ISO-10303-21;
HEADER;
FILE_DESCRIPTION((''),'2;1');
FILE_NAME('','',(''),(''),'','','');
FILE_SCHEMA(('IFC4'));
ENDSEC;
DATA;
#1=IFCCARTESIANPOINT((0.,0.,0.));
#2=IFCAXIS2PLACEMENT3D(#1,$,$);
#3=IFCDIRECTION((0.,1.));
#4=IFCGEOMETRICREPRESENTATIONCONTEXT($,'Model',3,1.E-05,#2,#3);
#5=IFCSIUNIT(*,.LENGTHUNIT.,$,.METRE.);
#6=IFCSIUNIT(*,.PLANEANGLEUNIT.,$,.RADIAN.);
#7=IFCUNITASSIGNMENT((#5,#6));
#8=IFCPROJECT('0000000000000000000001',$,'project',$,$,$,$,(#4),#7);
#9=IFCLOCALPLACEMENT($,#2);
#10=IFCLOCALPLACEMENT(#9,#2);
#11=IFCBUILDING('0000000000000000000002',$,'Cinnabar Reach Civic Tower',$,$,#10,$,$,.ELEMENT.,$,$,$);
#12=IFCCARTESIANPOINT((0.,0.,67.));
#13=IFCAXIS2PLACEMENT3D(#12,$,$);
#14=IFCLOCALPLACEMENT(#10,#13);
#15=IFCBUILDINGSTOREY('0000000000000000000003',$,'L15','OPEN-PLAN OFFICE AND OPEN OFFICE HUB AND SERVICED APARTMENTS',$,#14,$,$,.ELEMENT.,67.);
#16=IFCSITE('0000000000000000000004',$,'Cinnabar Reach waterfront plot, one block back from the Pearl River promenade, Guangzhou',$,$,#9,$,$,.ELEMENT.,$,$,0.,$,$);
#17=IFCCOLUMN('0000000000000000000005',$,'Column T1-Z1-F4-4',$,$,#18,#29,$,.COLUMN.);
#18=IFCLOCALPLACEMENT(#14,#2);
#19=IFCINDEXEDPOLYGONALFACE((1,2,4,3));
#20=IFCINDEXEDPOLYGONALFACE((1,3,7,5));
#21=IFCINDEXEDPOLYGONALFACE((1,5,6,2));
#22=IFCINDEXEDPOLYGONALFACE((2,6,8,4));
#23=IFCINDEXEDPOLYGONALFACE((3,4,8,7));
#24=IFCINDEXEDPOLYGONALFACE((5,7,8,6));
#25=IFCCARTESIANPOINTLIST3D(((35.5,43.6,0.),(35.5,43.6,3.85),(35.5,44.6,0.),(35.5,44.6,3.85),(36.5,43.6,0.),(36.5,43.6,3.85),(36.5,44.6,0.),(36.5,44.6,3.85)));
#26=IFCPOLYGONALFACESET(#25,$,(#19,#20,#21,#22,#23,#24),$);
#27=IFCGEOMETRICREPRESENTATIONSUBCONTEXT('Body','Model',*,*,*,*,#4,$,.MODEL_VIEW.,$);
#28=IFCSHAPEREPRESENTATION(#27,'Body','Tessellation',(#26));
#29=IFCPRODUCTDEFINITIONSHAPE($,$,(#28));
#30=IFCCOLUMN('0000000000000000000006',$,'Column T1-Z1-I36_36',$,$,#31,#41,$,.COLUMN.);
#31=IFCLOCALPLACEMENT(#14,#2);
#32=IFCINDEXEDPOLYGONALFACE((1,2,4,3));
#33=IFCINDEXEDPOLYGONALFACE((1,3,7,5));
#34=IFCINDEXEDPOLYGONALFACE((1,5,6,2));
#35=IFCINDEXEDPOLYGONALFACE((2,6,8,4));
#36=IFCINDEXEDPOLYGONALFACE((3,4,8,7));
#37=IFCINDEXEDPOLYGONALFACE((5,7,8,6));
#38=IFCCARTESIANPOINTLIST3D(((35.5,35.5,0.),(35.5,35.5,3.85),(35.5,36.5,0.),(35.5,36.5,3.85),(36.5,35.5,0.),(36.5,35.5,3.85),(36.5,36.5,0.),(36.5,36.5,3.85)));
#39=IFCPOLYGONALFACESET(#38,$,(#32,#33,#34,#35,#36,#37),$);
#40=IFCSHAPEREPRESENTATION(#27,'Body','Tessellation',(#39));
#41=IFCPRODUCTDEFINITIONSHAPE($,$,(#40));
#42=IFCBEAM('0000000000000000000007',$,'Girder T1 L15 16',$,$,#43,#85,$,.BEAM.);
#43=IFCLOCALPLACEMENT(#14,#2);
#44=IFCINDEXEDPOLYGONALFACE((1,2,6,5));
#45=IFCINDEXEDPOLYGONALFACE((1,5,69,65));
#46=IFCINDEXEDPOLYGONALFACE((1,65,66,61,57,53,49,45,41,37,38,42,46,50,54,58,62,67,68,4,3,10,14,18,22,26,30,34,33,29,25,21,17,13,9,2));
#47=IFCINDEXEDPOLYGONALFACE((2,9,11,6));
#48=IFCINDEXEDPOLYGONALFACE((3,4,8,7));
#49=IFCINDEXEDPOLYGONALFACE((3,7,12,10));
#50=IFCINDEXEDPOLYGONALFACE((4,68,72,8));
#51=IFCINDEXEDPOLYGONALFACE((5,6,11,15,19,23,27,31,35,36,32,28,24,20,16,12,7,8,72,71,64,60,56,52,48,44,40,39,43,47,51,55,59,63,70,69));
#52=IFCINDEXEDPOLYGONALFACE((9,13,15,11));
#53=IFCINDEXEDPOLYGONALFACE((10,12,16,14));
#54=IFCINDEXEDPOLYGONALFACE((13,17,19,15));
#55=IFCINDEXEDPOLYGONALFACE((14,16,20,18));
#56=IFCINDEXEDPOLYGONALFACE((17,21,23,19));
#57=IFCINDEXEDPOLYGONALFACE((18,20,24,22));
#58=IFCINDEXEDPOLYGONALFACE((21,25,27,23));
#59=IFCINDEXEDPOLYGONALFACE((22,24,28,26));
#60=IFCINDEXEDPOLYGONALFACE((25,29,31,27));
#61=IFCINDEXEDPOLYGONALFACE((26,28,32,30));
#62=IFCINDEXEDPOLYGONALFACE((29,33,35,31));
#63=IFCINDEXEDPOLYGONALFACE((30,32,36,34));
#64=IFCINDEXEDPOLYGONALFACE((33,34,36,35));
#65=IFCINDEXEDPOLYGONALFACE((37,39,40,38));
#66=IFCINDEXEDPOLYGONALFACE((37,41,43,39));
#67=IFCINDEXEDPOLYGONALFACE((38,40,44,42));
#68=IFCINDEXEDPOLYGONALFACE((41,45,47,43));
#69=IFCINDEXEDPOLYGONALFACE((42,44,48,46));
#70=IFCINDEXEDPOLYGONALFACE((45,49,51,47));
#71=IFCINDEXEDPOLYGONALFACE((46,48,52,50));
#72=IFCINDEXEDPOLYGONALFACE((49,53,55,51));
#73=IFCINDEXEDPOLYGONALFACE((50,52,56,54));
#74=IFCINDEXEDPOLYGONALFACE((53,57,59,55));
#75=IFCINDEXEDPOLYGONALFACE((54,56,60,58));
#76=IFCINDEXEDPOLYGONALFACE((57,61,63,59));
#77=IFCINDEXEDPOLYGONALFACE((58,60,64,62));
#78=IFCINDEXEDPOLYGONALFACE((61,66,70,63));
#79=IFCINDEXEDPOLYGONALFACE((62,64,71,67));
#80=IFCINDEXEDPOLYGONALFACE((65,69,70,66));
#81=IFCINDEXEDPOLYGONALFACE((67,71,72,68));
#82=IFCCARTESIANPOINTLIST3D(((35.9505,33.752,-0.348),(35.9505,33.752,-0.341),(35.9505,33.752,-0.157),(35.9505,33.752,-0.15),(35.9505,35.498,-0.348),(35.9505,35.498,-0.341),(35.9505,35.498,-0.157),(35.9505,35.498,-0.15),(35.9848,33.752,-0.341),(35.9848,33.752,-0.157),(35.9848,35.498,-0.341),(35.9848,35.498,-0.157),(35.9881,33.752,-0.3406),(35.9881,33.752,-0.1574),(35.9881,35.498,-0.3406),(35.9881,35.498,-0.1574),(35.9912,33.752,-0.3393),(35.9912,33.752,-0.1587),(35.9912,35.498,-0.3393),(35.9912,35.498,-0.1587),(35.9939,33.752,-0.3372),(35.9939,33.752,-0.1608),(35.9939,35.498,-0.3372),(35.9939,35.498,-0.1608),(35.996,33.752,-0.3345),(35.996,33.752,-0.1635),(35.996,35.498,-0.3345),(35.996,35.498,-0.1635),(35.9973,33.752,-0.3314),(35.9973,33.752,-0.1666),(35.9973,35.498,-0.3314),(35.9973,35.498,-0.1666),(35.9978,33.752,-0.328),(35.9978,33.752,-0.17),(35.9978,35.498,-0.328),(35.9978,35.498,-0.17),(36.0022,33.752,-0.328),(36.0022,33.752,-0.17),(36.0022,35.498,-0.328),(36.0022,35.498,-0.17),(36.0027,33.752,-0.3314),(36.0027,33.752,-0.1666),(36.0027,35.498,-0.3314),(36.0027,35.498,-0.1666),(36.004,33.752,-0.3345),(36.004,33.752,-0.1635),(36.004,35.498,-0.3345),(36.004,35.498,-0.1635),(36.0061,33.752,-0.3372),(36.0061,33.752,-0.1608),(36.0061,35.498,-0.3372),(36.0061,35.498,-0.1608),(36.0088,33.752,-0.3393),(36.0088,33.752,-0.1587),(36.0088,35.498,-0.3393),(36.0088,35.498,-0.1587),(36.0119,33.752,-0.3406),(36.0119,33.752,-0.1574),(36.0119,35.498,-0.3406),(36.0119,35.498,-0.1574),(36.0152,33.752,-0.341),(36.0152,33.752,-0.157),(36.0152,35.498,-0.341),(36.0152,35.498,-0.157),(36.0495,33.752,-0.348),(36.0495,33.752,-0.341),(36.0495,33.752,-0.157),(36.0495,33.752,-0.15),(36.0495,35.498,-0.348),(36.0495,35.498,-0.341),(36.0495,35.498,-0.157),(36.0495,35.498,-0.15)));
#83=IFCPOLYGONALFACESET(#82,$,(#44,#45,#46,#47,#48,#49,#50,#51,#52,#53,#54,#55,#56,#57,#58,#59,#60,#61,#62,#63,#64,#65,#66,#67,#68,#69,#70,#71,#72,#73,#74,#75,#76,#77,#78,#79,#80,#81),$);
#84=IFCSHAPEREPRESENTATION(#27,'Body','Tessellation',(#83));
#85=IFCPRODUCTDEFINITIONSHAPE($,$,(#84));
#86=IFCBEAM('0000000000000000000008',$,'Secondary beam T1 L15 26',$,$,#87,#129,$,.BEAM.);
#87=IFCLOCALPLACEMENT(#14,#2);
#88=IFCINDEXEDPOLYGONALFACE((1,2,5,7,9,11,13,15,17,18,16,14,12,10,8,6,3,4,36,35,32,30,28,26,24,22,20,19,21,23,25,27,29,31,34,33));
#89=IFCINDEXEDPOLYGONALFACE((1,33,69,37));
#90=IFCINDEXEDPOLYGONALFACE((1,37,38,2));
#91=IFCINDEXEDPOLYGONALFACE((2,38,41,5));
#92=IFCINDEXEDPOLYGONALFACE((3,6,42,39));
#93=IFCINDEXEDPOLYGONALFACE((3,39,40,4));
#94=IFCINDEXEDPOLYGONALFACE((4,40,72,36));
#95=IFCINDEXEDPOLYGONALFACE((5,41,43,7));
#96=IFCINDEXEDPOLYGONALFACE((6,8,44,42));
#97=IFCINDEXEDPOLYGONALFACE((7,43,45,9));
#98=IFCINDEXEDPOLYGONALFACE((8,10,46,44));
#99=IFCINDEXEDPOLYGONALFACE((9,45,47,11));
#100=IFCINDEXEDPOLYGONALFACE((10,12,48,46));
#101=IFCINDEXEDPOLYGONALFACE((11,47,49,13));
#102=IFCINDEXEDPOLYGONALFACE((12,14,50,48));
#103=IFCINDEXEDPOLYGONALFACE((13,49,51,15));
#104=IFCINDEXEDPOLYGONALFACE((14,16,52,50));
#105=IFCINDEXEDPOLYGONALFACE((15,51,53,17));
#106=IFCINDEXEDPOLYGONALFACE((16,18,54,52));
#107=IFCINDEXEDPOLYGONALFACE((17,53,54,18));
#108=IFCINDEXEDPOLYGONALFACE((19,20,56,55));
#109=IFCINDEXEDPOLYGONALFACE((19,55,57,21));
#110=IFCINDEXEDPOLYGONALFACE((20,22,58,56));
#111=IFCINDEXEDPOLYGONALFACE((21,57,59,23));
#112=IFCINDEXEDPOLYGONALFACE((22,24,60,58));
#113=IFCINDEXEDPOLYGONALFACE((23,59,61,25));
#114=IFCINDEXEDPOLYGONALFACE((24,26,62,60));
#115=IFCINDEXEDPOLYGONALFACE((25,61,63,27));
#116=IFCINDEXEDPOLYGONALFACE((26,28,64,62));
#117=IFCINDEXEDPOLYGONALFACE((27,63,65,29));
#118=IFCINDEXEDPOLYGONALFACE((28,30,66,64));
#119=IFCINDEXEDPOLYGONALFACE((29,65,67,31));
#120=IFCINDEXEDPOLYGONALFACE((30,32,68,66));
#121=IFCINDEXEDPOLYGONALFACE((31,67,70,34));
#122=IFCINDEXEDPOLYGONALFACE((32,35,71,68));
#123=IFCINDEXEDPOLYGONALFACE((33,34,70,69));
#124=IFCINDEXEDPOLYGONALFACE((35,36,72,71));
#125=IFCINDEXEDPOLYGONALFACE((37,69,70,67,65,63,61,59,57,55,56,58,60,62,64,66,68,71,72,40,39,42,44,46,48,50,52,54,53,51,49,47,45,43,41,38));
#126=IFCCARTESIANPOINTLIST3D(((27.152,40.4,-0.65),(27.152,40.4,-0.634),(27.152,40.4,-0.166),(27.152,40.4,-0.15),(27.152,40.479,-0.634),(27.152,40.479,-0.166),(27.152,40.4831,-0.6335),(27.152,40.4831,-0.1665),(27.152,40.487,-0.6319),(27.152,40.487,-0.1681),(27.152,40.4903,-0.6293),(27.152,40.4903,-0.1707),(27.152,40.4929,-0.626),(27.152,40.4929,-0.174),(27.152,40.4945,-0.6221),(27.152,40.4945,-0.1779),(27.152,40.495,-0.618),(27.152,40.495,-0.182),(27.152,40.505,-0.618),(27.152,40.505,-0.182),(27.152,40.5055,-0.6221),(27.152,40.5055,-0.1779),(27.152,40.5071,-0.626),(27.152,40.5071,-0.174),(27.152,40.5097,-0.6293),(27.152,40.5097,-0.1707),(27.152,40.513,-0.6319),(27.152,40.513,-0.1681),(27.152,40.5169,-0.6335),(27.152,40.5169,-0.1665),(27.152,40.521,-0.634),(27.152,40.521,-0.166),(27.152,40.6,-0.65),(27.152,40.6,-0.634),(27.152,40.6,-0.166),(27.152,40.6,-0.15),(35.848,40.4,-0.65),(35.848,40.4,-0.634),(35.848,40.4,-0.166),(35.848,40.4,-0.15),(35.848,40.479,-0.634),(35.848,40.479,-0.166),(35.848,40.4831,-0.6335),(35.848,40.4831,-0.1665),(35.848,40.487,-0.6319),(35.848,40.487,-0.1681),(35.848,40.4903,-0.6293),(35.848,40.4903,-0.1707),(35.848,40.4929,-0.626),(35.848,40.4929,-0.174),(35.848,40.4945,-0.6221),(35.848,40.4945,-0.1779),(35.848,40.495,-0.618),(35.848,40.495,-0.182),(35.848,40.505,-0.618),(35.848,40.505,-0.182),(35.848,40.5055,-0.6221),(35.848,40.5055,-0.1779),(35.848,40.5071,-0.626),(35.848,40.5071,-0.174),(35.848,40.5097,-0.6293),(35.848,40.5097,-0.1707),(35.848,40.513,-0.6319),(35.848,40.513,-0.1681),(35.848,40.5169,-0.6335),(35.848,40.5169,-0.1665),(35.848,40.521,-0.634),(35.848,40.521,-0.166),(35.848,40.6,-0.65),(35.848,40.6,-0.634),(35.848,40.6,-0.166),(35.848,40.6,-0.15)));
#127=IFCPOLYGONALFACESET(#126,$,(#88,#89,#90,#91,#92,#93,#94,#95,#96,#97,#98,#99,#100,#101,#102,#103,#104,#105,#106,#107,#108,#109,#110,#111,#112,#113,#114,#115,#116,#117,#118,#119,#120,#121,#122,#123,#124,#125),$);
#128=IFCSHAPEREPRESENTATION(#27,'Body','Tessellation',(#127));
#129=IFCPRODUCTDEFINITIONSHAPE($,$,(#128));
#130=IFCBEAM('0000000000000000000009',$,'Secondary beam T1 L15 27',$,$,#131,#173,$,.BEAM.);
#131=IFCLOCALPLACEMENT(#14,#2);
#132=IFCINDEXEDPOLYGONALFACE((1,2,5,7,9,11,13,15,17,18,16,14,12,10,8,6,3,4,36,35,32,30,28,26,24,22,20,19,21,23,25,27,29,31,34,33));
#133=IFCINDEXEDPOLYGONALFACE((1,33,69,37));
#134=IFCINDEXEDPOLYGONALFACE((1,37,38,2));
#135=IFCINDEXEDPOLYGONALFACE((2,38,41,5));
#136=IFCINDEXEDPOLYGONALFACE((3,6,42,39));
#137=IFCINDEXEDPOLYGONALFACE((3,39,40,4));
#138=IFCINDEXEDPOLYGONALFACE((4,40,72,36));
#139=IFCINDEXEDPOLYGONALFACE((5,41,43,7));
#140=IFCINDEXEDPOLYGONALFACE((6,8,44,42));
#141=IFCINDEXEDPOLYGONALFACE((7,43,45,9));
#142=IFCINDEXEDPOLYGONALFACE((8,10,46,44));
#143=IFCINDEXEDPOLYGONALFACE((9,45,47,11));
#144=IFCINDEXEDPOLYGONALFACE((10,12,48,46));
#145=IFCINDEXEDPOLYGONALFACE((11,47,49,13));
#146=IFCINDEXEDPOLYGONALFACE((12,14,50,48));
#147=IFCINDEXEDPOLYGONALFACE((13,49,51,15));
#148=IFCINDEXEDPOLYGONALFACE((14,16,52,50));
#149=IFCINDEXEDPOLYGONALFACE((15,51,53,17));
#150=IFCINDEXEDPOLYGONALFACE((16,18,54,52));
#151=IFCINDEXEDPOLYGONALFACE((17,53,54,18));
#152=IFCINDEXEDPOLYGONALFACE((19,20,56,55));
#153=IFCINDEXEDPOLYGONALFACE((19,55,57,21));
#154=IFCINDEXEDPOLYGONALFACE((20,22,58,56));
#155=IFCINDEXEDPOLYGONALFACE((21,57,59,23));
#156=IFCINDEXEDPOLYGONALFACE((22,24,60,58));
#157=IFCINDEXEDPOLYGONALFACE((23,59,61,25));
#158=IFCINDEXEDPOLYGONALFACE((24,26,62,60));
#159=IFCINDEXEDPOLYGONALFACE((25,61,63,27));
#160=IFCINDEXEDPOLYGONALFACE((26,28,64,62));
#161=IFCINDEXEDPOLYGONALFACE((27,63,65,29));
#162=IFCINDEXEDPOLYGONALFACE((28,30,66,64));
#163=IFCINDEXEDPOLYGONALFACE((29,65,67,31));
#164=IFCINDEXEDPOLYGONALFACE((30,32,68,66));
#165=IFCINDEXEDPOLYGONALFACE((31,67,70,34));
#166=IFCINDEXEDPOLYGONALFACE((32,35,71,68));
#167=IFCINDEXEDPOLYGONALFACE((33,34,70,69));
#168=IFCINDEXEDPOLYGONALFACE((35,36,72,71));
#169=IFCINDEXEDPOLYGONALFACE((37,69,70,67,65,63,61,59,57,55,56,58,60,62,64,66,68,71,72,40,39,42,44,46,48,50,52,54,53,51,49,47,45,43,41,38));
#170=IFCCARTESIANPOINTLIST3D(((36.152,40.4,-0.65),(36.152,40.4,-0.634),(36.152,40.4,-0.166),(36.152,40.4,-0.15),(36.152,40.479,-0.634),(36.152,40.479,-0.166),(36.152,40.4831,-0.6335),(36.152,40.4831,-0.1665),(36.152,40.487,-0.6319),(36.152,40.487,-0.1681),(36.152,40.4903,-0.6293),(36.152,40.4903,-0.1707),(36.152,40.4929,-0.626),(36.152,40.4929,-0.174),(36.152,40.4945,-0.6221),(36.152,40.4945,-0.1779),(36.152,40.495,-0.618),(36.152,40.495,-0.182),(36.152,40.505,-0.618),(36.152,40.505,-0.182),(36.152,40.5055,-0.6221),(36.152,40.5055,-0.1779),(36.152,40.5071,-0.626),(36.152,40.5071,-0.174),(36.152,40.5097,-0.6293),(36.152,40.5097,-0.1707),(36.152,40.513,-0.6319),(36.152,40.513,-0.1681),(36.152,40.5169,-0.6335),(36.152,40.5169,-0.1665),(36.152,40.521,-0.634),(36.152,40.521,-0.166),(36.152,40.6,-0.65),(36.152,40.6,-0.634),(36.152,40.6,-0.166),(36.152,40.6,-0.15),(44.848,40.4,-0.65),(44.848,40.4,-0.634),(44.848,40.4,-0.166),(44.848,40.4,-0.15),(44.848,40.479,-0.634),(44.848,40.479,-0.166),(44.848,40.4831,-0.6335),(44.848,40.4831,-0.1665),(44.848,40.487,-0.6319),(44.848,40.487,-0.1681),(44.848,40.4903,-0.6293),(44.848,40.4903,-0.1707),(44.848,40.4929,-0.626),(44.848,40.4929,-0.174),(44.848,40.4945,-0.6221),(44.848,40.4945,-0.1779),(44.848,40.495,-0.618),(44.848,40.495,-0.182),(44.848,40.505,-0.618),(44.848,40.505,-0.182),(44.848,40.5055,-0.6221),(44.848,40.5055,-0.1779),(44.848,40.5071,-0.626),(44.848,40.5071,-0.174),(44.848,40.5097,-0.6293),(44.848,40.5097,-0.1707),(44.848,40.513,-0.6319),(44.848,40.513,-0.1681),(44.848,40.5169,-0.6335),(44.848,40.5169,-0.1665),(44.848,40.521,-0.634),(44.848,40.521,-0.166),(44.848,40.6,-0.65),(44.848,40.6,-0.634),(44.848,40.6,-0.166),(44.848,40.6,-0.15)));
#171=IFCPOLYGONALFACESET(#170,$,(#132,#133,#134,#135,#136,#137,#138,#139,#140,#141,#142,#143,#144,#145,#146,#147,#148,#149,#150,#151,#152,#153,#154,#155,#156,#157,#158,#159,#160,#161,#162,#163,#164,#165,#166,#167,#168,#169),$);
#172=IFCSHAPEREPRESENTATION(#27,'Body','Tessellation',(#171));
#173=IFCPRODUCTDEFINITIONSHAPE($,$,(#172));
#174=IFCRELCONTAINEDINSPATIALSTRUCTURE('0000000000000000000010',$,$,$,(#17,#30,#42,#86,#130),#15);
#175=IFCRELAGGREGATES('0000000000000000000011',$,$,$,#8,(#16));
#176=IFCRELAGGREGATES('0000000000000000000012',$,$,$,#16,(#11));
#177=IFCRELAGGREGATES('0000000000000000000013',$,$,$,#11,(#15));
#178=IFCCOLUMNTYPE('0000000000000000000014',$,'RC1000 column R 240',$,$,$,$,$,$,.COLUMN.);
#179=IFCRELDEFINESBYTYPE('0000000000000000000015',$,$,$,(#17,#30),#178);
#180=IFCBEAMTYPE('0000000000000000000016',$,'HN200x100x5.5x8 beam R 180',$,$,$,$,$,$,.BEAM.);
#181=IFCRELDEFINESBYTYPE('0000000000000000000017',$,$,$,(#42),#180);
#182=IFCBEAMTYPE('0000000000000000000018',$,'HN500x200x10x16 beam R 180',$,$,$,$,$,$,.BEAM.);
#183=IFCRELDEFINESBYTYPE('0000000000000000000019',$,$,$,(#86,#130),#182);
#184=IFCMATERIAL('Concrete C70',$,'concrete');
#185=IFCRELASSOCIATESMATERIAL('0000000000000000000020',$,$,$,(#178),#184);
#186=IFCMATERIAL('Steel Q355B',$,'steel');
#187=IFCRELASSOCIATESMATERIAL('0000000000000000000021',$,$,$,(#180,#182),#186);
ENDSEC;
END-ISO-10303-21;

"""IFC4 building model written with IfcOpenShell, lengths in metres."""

from ifc_helpers import new_model, si_unit, direction, frame, origin, origin_2d, place, context, subcontext, project, spatial, rectangle, i_section, extrude, material, material_profile, profile_set, type_object, element, save


model = new_model("IFC4")

# Units and contexts
model_context = context("Model", 3, precision=1e-05, world=origin(), true_north=direction((0.0, 1.0)))
body_context = subcontext(model_context, "Body", "Model", "MODEL_VIEW")
ifc_project = project(units=[si_unit("LENGTHUNIT", "METRE"), si_unit("PLANEANGLEUNIT", "RADIAN")], contexts=[model_context])

# Site, building, storey
site_placement = place(None, origin())
site = spatial("IfcSite", under=ifc_project, at=site_placement, Name="Cinnabar Reach waterfront plot, one block back from the Pearl River promenade, Guangzhou", CompositionType="ELEMENT", RefElevation=0.0)
building_placement = place(site_placement, origin())
building = spatial("IfcBuilding", under=site, at=building_placement, Name="Cinnabar Reach Civic Tower", CompositionType="ELEMENT")
storey_placement = place(building_placement, frame((0.0, 0.0, 67.0)))
storey = spatial("IfcBuildingStorey", under=building, at=storey_placement, Name="L15", Description="OPEN-PLAN OFFICE AND OPEN OFFICE HUB AND SERVICED APARTMENTS", CompositionType="ELEMENT", Elevation=67.0)

# Columns
ifc_material_1 = material(Name="Concrete C70", Category="concrete")
ifc_material_profile_1 = material_profile(ifc_material_1, rectangle(XDim=1.0, YDim=1.0, at=origin_2d()), Name="RC1000")
ifc_profile_set_1 = profile_set([ifc_material_profile_1], Name="Concrete C70")
column_type = type_object("IfcColumnType", Name="RC1000 column R 240", PredefinedType="COLUMN", material=ifc_profile_set_1)
for number, where, z_axis, x_axis, name in (
    (1, (36.0, 44.1, 0.0), (0.0, 0.0, 1.0), (1.0, 0.0, 0.0), "Column T1-Z1-F4-4"),
    (2, (36.0, 36.0, 0.0), (0.0, 0.0, 1.0), (1.0, 0.0, 0.0), "Column T1-Z1-I36_36"),
):
    element("IfcColumn", number, at=place(storey_placement, frame(where, z_axis=z_axis, x_axis=x_axis)), inside=storey, type_object=column_type, Name=name, PredefinedType="COLUMN", context=body_context, shape_type="SweptSolid", body=[
        extrude(rectangle(XDim=1.0, YDim=1.0, at=origin_2d()), origin(), (0.0, 0.0, 1.0), 3.85),
    ])

# Beams
ifc_material_2 = material(Name="Steel Q355B", Category="steel")
ifc_material_profile_2 = material_profile(ifc_material_2, i_section(OverallWidth=0.099, OverallDepth=0.198, WebThickness=0.0045, FlangeThickness=0.007, FilletRadius=0.013, at=origin_2d()), Name="HN200x100x5.5x8")
ifc_profile_set_2 = profile_set([ifc_material_profile_2], Name="Steel Q355B")
beam_type_1 = type_object("IfcBeamType", Name="HN200x100x5.5x8 beam R 180", PredefinedType="BEAM", material=ifc_profile_set_2)
beam_1_placement = place(storey_placement, frame((36.0, 33.752, -0.249), z_axis=(0.0, 1.0, 0.0), x_axis=(-1.0, 0.0, 0.0)))
element("IfcBeam", 3, at=beam_1_placement, inside=storey, type_object=beam_type_1, Name="Girder T1 L15 16", PredefinedType="BEAM", context=body_context, shape_type="SweptSolid", body=[
    extrude(i_section(OverallWidth=0.099, OverallDepth=0.198, WebThickness=0.0045, FlangeThickness=0.007, FilletRadius=0.013, at=origin_2d()), origin(), (0.0, 0.0, 1.0), 1.746),
])
ifc_material_profile_3 = material_profile(ifc_material_2, i_section(OverallWidth=0.2, OverallDepth=0.5, WebThickness=0.01, FlangeThickness=0.016, FilletRadius=0.016, at=origin_2d()), Name="HN500x200x10x16")
ifc_profile_set_3 = profile_set([ifc_material_profile_3], Name="Steel Q355B")
beam_type_2 = type_object("IfcBeamType", Name="HN500x200x10x16 beam R 180", PredefinedType="BEAM", material=ifc_profile_set_3)
for number, where, z_axis, x_axis, name in (
    (4, (27.152, 40.5, -0.4), (1.0, 0.0, 0.0), (0.0, 1.0, 0.0), "Secondary beam T1 L15 26"),
    (5, (36.152, 40.5, -0.4), (1.0, 0.0, 0.0), (0.0, 1.0, 0.0), "Secondary beam T1 L15 27"),
):
    element("IfcBeam", number, at=place(storey_placement, frame(where, z_axis=z_axis, x_axis=x_axis)), inside=storey, type_object=beam_type_2, Name=name, PredefinedType="BEAM", context=body_context, shape_type="SweptSolid", body=[
        extrude(i_section(OverallWidth=0.2, OverallDepth=0.5, WebThickness=0.01, FlangeThickness=0.016, FilletRadius=0.016, at=origin_2d()), origin(), (0.0, 0.0, 1.0), 8.696),
    ])

save(model, "model.ifc")
